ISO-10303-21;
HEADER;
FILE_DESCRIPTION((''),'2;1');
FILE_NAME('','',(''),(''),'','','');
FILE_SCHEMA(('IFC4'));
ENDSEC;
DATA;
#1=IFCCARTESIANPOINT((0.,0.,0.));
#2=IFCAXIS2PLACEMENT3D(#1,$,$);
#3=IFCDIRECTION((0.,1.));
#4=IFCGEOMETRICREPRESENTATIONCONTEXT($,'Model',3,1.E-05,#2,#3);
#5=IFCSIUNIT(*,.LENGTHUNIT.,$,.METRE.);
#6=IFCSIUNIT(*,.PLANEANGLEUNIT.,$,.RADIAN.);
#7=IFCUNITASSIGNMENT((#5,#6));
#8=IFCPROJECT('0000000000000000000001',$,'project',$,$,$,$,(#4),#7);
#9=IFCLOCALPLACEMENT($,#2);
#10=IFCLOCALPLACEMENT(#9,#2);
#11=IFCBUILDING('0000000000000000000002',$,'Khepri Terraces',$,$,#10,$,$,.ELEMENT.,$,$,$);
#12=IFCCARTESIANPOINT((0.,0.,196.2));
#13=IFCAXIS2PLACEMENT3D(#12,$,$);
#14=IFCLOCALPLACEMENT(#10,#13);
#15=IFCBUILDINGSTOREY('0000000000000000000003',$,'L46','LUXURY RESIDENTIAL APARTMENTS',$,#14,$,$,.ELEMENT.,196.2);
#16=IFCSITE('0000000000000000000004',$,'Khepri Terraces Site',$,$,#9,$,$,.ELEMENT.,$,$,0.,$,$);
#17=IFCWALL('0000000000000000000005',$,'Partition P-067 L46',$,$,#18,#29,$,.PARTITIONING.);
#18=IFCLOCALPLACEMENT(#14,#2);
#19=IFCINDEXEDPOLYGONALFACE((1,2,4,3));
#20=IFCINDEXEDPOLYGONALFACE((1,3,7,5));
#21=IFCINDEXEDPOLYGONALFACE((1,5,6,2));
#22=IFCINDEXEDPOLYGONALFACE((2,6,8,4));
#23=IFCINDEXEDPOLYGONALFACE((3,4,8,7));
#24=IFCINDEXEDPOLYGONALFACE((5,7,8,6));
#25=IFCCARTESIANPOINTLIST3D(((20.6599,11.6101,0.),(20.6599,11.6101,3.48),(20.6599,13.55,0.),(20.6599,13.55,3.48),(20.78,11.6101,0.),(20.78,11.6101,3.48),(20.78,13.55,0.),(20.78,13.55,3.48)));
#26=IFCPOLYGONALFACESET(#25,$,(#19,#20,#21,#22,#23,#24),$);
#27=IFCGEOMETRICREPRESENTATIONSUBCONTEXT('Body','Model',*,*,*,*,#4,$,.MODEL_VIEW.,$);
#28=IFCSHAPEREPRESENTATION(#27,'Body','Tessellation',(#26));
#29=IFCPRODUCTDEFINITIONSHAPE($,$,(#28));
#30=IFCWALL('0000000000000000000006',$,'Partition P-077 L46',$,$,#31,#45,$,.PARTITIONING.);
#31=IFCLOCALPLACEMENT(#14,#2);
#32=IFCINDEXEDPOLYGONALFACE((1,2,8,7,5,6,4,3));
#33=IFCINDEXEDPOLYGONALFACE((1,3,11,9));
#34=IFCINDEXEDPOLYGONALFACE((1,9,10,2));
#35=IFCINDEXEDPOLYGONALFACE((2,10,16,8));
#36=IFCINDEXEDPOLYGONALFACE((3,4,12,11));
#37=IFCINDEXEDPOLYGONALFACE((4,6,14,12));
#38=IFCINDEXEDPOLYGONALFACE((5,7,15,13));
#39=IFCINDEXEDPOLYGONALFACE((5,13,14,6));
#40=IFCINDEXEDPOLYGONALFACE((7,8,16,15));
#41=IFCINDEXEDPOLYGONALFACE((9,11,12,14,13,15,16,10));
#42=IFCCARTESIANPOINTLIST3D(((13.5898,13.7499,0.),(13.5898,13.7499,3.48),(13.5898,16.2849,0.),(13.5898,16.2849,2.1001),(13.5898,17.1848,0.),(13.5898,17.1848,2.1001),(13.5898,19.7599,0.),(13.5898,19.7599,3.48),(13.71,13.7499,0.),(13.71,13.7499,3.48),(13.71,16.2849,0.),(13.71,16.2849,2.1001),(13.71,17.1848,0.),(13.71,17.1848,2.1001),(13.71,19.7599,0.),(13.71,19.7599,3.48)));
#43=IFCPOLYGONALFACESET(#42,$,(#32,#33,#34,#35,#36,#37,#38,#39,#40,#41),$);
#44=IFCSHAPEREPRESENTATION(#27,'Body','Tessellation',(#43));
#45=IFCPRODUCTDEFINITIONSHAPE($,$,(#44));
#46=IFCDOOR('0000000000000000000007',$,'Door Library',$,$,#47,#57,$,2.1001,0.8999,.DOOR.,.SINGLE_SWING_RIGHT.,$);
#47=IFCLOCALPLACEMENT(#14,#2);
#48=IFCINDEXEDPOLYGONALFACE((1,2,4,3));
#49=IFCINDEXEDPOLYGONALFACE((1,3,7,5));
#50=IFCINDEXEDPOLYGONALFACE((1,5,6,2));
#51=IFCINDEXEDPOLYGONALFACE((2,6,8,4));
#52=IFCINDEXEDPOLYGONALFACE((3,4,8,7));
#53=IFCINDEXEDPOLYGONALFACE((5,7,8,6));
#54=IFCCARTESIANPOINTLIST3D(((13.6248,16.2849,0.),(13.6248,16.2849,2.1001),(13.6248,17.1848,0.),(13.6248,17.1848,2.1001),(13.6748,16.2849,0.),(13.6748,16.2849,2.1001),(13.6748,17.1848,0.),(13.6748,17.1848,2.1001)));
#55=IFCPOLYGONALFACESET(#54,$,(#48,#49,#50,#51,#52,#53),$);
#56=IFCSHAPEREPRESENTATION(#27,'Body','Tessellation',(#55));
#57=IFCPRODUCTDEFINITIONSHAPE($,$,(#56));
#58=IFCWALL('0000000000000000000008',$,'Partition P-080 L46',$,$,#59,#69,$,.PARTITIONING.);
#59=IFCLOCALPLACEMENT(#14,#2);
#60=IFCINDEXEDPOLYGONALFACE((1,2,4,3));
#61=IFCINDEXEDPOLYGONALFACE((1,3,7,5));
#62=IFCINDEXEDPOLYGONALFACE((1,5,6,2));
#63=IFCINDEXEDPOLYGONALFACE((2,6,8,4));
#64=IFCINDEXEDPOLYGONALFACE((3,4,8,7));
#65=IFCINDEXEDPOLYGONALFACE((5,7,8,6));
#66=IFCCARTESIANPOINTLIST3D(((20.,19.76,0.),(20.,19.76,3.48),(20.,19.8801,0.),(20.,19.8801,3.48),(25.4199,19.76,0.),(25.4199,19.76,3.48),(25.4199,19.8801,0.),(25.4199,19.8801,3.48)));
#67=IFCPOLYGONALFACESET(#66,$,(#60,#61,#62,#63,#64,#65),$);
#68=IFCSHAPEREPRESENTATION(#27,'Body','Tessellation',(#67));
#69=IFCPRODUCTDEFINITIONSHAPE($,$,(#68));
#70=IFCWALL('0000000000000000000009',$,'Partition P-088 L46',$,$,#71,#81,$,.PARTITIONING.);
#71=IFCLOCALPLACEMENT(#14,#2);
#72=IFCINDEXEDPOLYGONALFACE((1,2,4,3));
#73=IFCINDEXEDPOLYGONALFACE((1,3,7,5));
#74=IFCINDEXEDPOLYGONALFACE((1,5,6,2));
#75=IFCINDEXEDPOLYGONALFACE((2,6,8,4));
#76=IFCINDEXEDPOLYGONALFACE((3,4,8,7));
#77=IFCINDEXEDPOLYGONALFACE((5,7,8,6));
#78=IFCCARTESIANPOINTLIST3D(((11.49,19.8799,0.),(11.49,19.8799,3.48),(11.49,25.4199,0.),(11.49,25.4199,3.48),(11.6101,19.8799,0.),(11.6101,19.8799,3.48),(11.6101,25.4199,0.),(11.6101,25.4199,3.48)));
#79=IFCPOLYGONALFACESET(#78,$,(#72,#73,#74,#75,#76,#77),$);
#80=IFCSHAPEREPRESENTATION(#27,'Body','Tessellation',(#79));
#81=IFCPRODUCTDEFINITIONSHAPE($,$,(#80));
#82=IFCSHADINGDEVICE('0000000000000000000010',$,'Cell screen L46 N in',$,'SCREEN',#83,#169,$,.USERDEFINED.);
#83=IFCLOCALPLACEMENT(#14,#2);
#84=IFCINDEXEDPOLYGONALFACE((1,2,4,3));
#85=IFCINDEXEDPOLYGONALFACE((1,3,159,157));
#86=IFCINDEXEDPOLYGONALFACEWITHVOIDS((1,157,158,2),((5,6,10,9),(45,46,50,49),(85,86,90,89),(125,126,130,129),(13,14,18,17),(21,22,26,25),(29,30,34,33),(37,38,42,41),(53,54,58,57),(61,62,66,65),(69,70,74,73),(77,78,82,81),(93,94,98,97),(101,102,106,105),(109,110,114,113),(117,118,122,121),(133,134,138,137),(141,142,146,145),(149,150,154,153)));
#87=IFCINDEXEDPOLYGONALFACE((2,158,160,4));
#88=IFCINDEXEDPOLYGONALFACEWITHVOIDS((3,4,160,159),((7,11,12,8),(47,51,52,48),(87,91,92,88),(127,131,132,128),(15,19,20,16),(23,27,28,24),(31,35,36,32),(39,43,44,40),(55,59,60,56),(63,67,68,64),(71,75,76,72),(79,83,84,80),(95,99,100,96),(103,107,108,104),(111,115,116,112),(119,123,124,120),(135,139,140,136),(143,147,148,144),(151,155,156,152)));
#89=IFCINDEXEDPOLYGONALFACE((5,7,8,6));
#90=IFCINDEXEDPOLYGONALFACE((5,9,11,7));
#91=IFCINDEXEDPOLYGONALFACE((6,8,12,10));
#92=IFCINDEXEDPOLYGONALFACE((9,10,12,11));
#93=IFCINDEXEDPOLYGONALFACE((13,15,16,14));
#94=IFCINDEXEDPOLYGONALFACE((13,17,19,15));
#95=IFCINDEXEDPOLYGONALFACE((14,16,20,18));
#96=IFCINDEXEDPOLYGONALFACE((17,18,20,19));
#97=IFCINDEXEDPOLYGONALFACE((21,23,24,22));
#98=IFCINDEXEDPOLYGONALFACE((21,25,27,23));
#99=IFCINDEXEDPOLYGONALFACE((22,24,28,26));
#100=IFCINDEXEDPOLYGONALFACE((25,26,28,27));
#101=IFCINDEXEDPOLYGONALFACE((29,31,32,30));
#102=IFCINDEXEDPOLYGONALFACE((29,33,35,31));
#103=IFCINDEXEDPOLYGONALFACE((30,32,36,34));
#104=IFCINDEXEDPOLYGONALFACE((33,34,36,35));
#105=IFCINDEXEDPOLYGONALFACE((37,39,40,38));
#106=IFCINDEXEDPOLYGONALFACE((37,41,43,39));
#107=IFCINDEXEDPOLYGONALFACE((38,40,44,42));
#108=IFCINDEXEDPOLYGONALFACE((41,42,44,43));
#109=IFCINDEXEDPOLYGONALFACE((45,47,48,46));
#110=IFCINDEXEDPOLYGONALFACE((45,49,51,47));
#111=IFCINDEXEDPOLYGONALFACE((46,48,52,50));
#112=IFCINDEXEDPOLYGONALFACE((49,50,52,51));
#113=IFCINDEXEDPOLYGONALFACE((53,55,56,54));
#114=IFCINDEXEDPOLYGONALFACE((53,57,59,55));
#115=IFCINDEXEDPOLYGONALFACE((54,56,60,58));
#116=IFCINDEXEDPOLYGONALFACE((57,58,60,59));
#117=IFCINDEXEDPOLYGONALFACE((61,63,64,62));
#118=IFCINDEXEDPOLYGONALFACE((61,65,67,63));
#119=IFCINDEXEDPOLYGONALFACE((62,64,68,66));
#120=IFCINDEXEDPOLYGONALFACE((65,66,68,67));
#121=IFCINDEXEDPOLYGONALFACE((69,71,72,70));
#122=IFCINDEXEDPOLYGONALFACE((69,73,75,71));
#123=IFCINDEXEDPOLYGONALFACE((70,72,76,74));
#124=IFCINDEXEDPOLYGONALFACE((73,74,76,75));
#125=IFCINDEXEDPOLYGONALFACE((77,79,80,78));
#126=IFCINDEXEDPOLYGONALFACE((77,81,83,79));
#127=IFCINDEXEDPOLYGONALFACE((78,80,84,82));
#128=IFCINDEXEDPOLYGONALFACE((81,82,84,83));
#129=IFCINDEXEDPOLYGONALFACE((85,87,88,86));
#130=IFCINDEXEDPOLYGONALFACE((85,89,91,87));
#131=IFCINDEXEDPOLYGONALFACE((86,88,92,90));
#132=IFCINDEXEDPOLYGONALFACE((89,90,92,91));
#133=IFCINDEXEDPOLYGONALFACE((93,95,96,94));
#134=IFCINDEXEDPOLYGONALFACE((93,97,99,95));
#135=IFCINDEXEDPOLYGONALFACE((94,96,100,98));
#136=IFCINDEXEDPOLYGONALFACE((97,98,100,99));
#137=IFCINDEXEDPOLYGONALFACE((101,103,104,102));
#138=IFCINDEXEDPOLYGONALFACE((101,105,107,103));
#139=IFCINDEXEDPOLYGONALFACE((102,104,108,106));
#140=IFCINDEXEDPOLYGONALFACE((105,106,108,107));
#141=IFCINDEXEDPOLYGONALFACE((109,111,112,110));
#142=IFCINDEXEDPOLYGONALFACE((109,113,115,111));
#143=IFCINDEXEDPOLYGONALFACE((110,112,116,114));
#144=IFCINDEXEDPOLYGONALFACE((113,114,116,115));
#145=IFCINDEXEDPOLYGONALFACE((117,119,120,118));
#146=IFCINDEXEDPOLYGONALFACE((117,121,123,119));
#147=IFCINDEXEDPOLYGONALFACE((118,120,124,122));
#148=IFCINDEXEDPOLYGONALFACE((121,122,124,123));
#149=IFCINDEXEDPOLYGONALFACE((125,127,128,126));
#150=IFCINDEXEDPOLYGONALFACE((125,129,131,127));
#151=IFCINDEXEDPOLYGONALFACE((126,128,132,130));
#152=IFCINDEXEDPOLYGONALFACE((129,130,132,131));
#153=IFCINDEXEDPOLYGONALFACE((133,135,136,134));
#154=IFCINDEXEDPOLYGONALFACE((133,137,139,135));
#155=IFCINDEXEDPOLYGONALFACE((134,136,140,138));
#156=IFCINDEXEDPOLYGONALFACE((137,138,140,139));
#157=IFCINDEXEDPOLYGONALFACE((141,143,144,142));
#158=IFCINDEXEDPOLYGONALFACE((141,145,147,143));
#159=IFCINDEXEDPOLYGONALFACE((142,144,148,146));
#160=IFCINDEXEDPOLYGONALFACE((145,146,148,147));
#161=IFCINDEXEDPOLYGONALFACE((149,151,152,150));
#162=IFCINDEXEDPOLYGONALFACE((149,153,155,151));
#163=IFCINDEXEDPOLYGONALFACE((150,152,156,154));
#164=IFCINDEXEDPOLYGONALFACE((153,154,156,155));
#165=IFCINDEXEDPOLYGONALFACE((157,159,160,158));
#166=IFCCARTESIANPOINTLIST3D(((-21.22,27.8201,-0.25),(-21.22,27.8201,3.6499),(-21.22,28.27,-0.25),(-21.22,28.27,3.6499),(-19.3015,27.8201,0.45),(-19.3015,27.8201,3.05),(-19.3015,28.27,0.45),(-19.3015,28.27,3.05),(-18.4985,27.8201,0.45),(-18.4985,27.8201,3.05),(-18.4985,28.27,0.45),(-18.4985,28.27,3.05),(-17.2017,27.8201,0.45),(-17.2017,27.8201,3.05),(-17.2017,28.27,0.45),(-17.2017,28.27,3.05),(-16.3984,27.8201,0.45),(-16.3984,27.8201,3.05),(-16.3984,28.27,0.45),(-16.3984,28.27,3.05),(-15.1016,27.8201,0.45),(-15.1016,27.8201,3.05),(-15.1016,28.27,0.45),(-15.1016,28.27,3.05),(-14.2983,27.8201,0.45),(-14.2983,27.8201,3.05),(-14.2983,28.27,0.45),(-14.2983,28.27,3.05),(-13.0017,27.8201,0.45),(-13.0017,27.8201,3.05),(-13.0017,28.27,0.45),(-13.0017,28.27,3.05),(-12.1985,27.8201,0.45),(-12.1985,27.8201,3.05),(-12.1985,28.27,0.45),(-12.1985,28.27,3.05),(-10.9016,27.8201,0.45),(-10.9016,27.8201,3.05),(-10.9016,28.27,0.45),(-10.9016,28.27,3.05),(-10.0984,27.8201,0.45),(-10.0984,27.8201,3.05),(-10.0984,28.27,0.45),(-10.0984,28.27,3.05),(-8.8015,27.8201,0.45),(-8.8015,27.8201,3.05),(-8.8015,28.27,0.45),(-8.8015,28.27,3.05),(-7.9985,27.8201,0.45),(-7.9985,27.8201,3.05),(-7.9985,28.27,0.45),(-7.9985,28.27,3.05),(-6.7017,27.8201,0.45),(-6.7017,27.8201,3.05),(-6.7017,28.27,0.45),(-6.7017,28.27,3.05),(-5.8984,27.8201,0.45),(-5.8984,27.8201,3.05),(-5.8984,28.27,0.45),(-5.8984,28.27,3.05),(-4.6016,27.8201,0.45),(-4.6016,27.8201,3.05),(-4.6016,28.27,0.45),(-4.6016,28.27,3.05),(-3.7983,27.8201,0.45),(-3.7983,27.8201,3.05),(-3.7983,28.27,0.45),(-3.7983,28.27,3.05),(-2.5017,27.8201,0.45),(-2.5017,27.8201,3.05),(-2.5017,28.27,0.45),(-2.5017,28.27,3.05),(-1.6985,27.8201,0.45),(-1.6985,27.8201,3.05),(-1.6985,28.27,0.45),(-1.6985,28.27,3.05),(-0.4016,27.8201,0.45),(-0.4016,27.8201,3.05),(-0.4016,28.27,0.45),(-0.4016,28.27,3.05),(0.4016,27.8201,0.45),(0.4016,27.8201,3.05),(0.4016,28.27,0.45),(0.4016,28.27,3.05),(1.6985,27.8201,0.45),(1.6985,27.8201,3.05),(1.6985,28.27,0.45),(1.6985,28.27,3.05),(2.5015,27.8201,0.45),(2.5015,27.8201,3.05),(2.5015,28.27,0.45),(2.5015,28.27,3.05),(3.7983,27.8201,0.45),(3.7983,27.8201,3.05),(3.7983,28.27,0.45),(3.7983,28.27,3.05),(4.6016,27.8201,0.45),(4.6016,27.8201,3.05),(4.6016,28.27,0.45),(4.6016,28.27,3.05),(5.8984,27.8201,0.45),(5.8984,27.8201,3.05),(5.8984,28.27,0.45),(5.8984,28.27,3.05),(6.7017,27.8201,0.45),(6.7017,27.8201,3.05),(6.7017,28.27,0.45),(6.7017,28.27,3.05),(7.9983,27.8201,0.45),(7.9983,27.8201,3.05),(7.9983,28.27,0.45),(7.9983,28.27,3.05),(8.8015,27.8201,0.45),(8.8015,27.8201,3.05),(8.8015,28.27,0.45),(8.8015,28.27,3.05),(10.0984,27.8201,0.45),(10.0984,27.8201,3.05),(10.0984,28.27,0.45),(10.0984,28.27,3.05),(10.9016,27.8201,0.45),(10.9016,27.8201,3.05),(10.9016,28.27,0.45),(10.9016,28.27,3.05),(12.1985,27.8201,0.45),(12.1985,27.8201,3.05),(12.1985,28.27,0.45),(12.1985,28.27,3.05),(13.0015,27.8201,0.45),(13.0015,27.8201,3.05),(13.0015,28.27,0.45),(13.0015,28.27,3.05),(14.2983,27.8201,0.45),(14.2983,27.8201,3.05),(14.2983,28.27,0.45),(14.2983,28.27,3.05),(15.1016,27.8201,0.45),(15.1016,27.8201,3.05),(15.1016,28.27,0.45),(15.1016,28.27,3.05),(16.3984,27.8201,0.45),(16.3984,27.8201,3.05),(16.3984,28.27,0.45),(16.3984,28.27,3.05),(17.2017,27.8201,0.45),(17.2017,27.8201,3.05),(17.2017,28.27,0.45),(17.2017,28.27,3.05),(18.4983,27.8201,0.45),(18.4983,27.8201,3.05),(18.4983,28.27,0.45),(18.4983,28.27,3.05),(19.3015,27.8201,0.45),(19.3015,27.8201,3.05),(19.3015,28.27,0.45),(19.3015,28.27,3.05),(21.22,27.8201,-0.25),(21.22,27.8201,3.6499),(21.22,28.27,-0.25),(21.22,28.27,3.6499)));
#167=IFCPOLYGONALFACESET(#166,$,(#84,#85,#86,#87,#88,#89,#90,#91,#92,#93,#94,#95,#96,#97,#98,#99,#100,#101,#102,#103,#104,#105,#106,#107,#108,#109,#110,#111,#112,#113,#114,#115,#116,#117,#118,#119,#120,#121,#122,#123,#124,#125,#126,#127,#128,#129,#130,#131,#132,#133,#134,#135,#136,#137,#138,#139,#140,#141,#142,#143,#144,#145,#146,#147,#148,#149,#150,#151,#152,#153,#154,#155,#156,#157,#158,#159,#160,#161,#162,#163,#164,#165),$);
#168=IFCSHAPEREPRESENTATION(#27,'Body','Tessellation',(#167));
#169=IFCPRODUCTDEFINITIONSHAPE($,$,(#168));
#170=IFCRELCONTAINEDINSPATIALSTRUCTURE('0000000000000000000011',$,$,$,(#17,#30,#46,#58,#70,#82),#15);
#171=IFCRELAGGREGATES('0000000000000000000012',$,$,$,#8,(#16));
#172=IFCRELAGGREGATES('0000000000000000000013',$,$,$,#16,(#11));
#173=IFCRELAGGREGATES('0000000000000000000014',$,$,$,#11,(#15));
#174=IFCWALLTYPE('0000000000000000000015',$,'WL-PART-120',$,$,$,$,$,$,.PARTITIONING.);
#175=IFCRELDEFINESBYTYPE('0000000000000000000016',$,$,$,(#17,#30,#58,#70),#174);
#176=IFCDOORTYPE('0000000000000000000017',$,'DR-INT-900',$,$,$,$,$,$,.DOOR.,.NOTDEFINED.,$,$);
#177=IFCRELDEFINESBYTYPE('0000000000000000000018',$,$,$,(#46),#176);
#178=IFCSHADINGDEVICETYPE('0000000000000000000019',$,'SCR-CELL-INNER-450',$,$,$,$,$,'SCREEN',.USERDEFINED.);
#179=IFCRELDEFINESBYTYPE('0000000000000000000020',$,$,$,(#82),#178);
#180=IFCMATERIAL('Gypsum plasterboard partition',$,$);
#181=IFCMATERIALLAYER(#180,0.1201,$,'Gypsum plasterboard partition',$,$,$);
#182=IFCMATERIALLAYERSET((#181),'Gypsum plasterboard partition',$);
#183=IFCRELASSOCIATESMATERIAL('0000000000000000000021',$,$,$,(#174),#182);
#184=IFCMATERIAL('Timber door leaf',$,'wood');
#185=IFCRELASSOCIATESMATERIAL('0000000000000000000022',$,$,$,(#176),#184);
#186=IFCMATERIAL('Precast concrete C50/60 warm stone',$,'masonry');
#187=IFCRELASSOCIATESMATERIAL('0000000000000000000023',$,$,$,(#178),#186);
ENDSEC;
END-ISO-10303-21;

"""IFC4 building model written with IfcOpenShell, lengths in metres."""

from ifc_helpers import new_model, si_unit, direction, frame, frame_2d, origin, place, context, subcontext, project, spatial, polyline, rectangle, outline, extrude, material, layer, layer_set, type_object, element, fill, save


model = new_model("IFC4")

# Units and contexts
model_context = context("Model", 3, precision=1e-05, world=origin(), true_north=direction((0.0, 1.0)))
body_context = subcontext(model_context, "Body", "Model", "MODEL_VIEW")
ifc_project = project(units=[si_unit("LENGTHUNIT", "METRE"), si_unit("PLANEANGLEUNIT", "RADIAN")], contexts=[model_context])

# Site, building, storey
site_placement = place(None, origin())
site = spatial("IfcSite", under=ifc_project, at=site_placement, Name="Khepri Terraces Site", CompositionType="ELEMENT", RefElevation=0.0)
building_placement = place(site_placement, origin())
building = spatial("IfcBuilding", under=site, at=building_placement, Name="Khepri Terraces", CompositionType="ELEMENT")
storey_placement = place(building_placement, frame((0.0, 0.0, 196.2)))
storey = spatial("IfcBuildingStorey", under=building, at=storey_placement, Name="L46", Description="LUXURY RESIDENTIAL APARTMENTS", CompositionType="ELEMENT", Elevation=196.2)

# Shared definitions
ifc_material_1 = material(Name="Precast concrete C50/60 warm stone", Category="masonry")

# Shared definitions
ifc_material_2 = material(Name="Gypsum plasterboard partition")
ifc_layer_1 = layer(ifc_material_2, 0.1201, Name="Gypsum plasterboard partition")
ifc_layer_set_1 = layer_set([ifc_layer_1], Name="Gypsum plasterboard partition")
wall_type_1 = type_object("IfcWallType", Name="WL-PART-120", PredefinedType="PARTITIONING", material=ifc_layer_set_1)

# Wall
wall_1_placement = place(storey_placement, frame((20.72, 11.6101, 0.0), z_axis=(0.0, 0.0, 1.0), x_axis=(0.0, 1.0, 0.0)))
element("IfcWall", 1, at=wall_1_placement, inside=storey, type_object=wall_type_1, Name="Partition P-067 L46", PredefinedType="PARTITIONING", context=body_context, shape_type="SweptSolid", body=[
    extrude(rectangle(XDim=1.9399, YDim=0.1201, at=frame_2d((0.97, 0.0))), origin(), (0.0, 0.0, 1.0), 3.48),
])

# Wall, opening, door
wall_2_placement = place(storey_placement, frame((13.6499, 13.75, 0.0), z_axis=(0.0, 0.0, 1.0), x_axis=(0.0, 1.0, 0.0)))
wall_2 = element("IfcWall", 2, at=wall_2_placement, inside=storey, type_object=wall_type_1, Name="Partition P-077 L46", PredefinedType="PARTITIONING", context=body_context, shape_type="SweptSolid", body=[
    extrude(rectangle(XDim=6.01, YDim=0.1201, at=frame_2d((3.0049, 0.0))), origin(), (0.0, 0.0, 1.0), 3.48),
])
opening_1_placement = place(wall_2_placement, frame((2.5349, 0.0, 0.0)))
opening_1 = element("IfcOpeningElement", 3, at=opening_1_placement, cuts=wall_2, PredefinedType="OPENING", context=body_context, shape_type="SweptSolid", body=[
    extrude(rectangle(XDim=0.8999, YDim=2.1001, at=frame_2d((0.45, 1.05))), frame((0.0, 0.0701, 0.0), z_axis=(0.0, -1.0, 0.0), x_axis=(1.0, 0.0, 0.0)), (0.0, 0.0, 1.0), 0.1401),
])
ifc_material_3 = material(Name="Timber door leaf", Category="wood")
door_type_1 = type_object("IfcDoorType", Name="DR-INT-900", OperationType="NOTDEFINED", PredefinedType="DOOR", material=ifc_material_3)
door_1_placement = place(opening_1_placement, frame((0.8999, 0.0, 0.0), z_axis=(0.0, 0.0, 1.0), x_axis=(-1.0, 0.0, 0.0)))
door_1 = element("IfcDoor", 4, at=door_1_placement, inside=storey, type_object=door_type_1, Name="Door Library", OperationType="SINGLE_SWING_RIGHT", OverallHeight=2.1001, OverallWidth=0.8999, PredefinedType="DOOR", context=body_context, shape_type="SweptSolid", body=[
    extrude(rectangle(XDim=0.8999, YDim=2.1001, at=frame_2d((0.45, 1.05))), frame((0.0, 0.0249, 0.0), z_axis=(0.0, -1.0, 0.0), x_axis=(1.0, 0.0, 0.0)), (0.0, 0.0, 1.0), 0.05),
])
fill(opening_1, door_1)

# Walls
wall_3_placement = place(storey_placement, frame((20.0, 19.8201, 0.0), z_axis=(0.0, 0.0, 1.0), x_axis=(1.0, 0.0, 0.0)))
element("IfcWall", 5, at=wall_3_placement, inside=storey, type_object=wall_type_1, Name="Partition P-080 L46", PredefinedType="PARTITIONING", context=body_context, shape_type="SweptSolid", body=[
    extrude(rectangle(XDim=5.4199, YDim=0.1201, at=frame_2d((2.71, 0.0))), origin(), (0.0, 0.0, 1.0), 3.48),
])
wall_4_placement = place(storey_placement, frame((11.55, 19.8799, 0.0), z_axis=(0.0, 0.0, 1.0), x_axis=(0.0, 1.0, 0.0)))
element("IfcWall", 6, at=wall_4_placement, inside=storey, type_object=wall_type_1, Name="Partition P-088 L46", PredefinedType="PARTITIONING", context=body_context, shape_type="SweptSolid", body=[
    extrude(rectangle(XDim=5.54, YDim=0.1201, at=frame_2d((2.77, 0.0))), origin(), (0.0, 0.0, 1.0), 3.48),
])

# Shading device
shading_device_type_1 = type_object("IfcShadingDeviceType", Name="SCR-CELL-INNER-450", ElementType="SCREEN", PredefinedType="USERDEFINED", material=ifc_material_1)
shading_device_1_placement = place(storey_placement, frame((21.22, 27.8201, -0.25), z_axis=(0.0, 1.0, 0.0), x_axis=(-1.0, 0.0, 0.0)))
element("IfcShadingDevice", 7, at=shading_device_1_placement, inside=storey, type_object=shading_device_type_1, Name="Cell screen L46 N in", ObjectType="SCREEN", PredefinedType="USERDEFINED", context=body_context, shape_type="SweptSolid", body=[
    extrude(outline(polyline([(0.0, 0.0), (42.4399, 0.0), (42.4399, 3.8999), (0.0, 3.8999), (0.0, 0.0)]), holes=[polyline([(1.9185, 0.7), (2.7217, 0.7), (2.7217, 3.3), (1.9185, 3.3), (1.9185, 0.7)]), polyline([(4.0183, 0.7), (4.8215, 0.7), (4.8215, 3.3), (4.0183, 3.3), (4.0183, 0.7)]), polyline([(6.1184, 0.7), (6.9216, 0.7), (6.9216, 3.3), (6.1184, 3.3), (6.1184, 0.7)]), polyline([(8.2185, 0.7), (9.0215, 0.7), (9.0215, 3.3), (8.2185, 3.3), (8.2185, 0.7)]), polyline([(10.3184, 0.7), (11.1216, 0.7), (11.1216, 3.3), (10.3184, 3.3), (10.3184, 0.7)]), polyline([(12.4185, 0.7), (13.2217, 0.7), (13.2217, 3.3), (12.4185, 3.3), (12.4185, 0.7)]), polyline([(14.5183, 0.7), (15.3215, 0.7), (15.3215, 3.3), (14.5183, 3.3), (14.5183, 0.7)]), polyline([(16.6184, 0.7), (17.4216, 0.7), (17.4216, 3.3), (16.6184, 3.3), (16.6184, 0.7)]), polyline([(18.7185, 0.7), (19.5215, 0.7), (19.5215, 3.3), (18.7185, 3.3), (18.7185, 0.7)]), polyline([(20.8184, 0.7), (21.6216, 0.7), (21.6216, 3.3), (20.8184, 3.3), (20.8184, 0.7)]), polyline([(22.9185, 0.7), (23.7217, 0.7), (23.7217, 3.3), (22.9185, 3.3), (22.9185, 0.7)]), polyline([(25.0183, 0.7), (25.8215, 0.7), (25.8215, 3.3), (25.0183, 3.3), (25.0183, 0.7)]), polyline([(27.1184, 0.7), (27.9216, 0.7), (27.9216, 3.3), (27.1184, 3.3), (27.1184, 0.7)]), polyline([(29.2185, 0.7), (30.0215, 0.7), (30.0215, 3.3), (29.2185, 3.3), (29.2185, 0.7)]), polyline([(31.3184, 0.7), (32.1216, 0.7), (32.1216, 3.3), (31.3184, 3.3), (31.3184, 0.7)]), polyline([(33.4185, 0.7), (34.2217, 0.7), (34.2217, 3.3), (33.4185, 3.3), (33.4185, 0.7)]), polyline([(35.5183, 0.7), (36.3215, 0.7), (36.3215, 3.3), (35.5183, 3.3), (35.5183, 0.7)]), polyline([(37.6184, 0.7), (38.4216, 0.7), (38.4216, 3.3), (37.6184, 3.3), (37.6184, 0.7)]), polyline([(39.7185, 0.7), (40.5215, 0.7), (40.5215, 3.3), (39.7185, 3.3), (39.7185, 0.7)])]), origin(), (0.0, 0.0, 1.0), 0.45),
])

save(model, "model.ifc")
